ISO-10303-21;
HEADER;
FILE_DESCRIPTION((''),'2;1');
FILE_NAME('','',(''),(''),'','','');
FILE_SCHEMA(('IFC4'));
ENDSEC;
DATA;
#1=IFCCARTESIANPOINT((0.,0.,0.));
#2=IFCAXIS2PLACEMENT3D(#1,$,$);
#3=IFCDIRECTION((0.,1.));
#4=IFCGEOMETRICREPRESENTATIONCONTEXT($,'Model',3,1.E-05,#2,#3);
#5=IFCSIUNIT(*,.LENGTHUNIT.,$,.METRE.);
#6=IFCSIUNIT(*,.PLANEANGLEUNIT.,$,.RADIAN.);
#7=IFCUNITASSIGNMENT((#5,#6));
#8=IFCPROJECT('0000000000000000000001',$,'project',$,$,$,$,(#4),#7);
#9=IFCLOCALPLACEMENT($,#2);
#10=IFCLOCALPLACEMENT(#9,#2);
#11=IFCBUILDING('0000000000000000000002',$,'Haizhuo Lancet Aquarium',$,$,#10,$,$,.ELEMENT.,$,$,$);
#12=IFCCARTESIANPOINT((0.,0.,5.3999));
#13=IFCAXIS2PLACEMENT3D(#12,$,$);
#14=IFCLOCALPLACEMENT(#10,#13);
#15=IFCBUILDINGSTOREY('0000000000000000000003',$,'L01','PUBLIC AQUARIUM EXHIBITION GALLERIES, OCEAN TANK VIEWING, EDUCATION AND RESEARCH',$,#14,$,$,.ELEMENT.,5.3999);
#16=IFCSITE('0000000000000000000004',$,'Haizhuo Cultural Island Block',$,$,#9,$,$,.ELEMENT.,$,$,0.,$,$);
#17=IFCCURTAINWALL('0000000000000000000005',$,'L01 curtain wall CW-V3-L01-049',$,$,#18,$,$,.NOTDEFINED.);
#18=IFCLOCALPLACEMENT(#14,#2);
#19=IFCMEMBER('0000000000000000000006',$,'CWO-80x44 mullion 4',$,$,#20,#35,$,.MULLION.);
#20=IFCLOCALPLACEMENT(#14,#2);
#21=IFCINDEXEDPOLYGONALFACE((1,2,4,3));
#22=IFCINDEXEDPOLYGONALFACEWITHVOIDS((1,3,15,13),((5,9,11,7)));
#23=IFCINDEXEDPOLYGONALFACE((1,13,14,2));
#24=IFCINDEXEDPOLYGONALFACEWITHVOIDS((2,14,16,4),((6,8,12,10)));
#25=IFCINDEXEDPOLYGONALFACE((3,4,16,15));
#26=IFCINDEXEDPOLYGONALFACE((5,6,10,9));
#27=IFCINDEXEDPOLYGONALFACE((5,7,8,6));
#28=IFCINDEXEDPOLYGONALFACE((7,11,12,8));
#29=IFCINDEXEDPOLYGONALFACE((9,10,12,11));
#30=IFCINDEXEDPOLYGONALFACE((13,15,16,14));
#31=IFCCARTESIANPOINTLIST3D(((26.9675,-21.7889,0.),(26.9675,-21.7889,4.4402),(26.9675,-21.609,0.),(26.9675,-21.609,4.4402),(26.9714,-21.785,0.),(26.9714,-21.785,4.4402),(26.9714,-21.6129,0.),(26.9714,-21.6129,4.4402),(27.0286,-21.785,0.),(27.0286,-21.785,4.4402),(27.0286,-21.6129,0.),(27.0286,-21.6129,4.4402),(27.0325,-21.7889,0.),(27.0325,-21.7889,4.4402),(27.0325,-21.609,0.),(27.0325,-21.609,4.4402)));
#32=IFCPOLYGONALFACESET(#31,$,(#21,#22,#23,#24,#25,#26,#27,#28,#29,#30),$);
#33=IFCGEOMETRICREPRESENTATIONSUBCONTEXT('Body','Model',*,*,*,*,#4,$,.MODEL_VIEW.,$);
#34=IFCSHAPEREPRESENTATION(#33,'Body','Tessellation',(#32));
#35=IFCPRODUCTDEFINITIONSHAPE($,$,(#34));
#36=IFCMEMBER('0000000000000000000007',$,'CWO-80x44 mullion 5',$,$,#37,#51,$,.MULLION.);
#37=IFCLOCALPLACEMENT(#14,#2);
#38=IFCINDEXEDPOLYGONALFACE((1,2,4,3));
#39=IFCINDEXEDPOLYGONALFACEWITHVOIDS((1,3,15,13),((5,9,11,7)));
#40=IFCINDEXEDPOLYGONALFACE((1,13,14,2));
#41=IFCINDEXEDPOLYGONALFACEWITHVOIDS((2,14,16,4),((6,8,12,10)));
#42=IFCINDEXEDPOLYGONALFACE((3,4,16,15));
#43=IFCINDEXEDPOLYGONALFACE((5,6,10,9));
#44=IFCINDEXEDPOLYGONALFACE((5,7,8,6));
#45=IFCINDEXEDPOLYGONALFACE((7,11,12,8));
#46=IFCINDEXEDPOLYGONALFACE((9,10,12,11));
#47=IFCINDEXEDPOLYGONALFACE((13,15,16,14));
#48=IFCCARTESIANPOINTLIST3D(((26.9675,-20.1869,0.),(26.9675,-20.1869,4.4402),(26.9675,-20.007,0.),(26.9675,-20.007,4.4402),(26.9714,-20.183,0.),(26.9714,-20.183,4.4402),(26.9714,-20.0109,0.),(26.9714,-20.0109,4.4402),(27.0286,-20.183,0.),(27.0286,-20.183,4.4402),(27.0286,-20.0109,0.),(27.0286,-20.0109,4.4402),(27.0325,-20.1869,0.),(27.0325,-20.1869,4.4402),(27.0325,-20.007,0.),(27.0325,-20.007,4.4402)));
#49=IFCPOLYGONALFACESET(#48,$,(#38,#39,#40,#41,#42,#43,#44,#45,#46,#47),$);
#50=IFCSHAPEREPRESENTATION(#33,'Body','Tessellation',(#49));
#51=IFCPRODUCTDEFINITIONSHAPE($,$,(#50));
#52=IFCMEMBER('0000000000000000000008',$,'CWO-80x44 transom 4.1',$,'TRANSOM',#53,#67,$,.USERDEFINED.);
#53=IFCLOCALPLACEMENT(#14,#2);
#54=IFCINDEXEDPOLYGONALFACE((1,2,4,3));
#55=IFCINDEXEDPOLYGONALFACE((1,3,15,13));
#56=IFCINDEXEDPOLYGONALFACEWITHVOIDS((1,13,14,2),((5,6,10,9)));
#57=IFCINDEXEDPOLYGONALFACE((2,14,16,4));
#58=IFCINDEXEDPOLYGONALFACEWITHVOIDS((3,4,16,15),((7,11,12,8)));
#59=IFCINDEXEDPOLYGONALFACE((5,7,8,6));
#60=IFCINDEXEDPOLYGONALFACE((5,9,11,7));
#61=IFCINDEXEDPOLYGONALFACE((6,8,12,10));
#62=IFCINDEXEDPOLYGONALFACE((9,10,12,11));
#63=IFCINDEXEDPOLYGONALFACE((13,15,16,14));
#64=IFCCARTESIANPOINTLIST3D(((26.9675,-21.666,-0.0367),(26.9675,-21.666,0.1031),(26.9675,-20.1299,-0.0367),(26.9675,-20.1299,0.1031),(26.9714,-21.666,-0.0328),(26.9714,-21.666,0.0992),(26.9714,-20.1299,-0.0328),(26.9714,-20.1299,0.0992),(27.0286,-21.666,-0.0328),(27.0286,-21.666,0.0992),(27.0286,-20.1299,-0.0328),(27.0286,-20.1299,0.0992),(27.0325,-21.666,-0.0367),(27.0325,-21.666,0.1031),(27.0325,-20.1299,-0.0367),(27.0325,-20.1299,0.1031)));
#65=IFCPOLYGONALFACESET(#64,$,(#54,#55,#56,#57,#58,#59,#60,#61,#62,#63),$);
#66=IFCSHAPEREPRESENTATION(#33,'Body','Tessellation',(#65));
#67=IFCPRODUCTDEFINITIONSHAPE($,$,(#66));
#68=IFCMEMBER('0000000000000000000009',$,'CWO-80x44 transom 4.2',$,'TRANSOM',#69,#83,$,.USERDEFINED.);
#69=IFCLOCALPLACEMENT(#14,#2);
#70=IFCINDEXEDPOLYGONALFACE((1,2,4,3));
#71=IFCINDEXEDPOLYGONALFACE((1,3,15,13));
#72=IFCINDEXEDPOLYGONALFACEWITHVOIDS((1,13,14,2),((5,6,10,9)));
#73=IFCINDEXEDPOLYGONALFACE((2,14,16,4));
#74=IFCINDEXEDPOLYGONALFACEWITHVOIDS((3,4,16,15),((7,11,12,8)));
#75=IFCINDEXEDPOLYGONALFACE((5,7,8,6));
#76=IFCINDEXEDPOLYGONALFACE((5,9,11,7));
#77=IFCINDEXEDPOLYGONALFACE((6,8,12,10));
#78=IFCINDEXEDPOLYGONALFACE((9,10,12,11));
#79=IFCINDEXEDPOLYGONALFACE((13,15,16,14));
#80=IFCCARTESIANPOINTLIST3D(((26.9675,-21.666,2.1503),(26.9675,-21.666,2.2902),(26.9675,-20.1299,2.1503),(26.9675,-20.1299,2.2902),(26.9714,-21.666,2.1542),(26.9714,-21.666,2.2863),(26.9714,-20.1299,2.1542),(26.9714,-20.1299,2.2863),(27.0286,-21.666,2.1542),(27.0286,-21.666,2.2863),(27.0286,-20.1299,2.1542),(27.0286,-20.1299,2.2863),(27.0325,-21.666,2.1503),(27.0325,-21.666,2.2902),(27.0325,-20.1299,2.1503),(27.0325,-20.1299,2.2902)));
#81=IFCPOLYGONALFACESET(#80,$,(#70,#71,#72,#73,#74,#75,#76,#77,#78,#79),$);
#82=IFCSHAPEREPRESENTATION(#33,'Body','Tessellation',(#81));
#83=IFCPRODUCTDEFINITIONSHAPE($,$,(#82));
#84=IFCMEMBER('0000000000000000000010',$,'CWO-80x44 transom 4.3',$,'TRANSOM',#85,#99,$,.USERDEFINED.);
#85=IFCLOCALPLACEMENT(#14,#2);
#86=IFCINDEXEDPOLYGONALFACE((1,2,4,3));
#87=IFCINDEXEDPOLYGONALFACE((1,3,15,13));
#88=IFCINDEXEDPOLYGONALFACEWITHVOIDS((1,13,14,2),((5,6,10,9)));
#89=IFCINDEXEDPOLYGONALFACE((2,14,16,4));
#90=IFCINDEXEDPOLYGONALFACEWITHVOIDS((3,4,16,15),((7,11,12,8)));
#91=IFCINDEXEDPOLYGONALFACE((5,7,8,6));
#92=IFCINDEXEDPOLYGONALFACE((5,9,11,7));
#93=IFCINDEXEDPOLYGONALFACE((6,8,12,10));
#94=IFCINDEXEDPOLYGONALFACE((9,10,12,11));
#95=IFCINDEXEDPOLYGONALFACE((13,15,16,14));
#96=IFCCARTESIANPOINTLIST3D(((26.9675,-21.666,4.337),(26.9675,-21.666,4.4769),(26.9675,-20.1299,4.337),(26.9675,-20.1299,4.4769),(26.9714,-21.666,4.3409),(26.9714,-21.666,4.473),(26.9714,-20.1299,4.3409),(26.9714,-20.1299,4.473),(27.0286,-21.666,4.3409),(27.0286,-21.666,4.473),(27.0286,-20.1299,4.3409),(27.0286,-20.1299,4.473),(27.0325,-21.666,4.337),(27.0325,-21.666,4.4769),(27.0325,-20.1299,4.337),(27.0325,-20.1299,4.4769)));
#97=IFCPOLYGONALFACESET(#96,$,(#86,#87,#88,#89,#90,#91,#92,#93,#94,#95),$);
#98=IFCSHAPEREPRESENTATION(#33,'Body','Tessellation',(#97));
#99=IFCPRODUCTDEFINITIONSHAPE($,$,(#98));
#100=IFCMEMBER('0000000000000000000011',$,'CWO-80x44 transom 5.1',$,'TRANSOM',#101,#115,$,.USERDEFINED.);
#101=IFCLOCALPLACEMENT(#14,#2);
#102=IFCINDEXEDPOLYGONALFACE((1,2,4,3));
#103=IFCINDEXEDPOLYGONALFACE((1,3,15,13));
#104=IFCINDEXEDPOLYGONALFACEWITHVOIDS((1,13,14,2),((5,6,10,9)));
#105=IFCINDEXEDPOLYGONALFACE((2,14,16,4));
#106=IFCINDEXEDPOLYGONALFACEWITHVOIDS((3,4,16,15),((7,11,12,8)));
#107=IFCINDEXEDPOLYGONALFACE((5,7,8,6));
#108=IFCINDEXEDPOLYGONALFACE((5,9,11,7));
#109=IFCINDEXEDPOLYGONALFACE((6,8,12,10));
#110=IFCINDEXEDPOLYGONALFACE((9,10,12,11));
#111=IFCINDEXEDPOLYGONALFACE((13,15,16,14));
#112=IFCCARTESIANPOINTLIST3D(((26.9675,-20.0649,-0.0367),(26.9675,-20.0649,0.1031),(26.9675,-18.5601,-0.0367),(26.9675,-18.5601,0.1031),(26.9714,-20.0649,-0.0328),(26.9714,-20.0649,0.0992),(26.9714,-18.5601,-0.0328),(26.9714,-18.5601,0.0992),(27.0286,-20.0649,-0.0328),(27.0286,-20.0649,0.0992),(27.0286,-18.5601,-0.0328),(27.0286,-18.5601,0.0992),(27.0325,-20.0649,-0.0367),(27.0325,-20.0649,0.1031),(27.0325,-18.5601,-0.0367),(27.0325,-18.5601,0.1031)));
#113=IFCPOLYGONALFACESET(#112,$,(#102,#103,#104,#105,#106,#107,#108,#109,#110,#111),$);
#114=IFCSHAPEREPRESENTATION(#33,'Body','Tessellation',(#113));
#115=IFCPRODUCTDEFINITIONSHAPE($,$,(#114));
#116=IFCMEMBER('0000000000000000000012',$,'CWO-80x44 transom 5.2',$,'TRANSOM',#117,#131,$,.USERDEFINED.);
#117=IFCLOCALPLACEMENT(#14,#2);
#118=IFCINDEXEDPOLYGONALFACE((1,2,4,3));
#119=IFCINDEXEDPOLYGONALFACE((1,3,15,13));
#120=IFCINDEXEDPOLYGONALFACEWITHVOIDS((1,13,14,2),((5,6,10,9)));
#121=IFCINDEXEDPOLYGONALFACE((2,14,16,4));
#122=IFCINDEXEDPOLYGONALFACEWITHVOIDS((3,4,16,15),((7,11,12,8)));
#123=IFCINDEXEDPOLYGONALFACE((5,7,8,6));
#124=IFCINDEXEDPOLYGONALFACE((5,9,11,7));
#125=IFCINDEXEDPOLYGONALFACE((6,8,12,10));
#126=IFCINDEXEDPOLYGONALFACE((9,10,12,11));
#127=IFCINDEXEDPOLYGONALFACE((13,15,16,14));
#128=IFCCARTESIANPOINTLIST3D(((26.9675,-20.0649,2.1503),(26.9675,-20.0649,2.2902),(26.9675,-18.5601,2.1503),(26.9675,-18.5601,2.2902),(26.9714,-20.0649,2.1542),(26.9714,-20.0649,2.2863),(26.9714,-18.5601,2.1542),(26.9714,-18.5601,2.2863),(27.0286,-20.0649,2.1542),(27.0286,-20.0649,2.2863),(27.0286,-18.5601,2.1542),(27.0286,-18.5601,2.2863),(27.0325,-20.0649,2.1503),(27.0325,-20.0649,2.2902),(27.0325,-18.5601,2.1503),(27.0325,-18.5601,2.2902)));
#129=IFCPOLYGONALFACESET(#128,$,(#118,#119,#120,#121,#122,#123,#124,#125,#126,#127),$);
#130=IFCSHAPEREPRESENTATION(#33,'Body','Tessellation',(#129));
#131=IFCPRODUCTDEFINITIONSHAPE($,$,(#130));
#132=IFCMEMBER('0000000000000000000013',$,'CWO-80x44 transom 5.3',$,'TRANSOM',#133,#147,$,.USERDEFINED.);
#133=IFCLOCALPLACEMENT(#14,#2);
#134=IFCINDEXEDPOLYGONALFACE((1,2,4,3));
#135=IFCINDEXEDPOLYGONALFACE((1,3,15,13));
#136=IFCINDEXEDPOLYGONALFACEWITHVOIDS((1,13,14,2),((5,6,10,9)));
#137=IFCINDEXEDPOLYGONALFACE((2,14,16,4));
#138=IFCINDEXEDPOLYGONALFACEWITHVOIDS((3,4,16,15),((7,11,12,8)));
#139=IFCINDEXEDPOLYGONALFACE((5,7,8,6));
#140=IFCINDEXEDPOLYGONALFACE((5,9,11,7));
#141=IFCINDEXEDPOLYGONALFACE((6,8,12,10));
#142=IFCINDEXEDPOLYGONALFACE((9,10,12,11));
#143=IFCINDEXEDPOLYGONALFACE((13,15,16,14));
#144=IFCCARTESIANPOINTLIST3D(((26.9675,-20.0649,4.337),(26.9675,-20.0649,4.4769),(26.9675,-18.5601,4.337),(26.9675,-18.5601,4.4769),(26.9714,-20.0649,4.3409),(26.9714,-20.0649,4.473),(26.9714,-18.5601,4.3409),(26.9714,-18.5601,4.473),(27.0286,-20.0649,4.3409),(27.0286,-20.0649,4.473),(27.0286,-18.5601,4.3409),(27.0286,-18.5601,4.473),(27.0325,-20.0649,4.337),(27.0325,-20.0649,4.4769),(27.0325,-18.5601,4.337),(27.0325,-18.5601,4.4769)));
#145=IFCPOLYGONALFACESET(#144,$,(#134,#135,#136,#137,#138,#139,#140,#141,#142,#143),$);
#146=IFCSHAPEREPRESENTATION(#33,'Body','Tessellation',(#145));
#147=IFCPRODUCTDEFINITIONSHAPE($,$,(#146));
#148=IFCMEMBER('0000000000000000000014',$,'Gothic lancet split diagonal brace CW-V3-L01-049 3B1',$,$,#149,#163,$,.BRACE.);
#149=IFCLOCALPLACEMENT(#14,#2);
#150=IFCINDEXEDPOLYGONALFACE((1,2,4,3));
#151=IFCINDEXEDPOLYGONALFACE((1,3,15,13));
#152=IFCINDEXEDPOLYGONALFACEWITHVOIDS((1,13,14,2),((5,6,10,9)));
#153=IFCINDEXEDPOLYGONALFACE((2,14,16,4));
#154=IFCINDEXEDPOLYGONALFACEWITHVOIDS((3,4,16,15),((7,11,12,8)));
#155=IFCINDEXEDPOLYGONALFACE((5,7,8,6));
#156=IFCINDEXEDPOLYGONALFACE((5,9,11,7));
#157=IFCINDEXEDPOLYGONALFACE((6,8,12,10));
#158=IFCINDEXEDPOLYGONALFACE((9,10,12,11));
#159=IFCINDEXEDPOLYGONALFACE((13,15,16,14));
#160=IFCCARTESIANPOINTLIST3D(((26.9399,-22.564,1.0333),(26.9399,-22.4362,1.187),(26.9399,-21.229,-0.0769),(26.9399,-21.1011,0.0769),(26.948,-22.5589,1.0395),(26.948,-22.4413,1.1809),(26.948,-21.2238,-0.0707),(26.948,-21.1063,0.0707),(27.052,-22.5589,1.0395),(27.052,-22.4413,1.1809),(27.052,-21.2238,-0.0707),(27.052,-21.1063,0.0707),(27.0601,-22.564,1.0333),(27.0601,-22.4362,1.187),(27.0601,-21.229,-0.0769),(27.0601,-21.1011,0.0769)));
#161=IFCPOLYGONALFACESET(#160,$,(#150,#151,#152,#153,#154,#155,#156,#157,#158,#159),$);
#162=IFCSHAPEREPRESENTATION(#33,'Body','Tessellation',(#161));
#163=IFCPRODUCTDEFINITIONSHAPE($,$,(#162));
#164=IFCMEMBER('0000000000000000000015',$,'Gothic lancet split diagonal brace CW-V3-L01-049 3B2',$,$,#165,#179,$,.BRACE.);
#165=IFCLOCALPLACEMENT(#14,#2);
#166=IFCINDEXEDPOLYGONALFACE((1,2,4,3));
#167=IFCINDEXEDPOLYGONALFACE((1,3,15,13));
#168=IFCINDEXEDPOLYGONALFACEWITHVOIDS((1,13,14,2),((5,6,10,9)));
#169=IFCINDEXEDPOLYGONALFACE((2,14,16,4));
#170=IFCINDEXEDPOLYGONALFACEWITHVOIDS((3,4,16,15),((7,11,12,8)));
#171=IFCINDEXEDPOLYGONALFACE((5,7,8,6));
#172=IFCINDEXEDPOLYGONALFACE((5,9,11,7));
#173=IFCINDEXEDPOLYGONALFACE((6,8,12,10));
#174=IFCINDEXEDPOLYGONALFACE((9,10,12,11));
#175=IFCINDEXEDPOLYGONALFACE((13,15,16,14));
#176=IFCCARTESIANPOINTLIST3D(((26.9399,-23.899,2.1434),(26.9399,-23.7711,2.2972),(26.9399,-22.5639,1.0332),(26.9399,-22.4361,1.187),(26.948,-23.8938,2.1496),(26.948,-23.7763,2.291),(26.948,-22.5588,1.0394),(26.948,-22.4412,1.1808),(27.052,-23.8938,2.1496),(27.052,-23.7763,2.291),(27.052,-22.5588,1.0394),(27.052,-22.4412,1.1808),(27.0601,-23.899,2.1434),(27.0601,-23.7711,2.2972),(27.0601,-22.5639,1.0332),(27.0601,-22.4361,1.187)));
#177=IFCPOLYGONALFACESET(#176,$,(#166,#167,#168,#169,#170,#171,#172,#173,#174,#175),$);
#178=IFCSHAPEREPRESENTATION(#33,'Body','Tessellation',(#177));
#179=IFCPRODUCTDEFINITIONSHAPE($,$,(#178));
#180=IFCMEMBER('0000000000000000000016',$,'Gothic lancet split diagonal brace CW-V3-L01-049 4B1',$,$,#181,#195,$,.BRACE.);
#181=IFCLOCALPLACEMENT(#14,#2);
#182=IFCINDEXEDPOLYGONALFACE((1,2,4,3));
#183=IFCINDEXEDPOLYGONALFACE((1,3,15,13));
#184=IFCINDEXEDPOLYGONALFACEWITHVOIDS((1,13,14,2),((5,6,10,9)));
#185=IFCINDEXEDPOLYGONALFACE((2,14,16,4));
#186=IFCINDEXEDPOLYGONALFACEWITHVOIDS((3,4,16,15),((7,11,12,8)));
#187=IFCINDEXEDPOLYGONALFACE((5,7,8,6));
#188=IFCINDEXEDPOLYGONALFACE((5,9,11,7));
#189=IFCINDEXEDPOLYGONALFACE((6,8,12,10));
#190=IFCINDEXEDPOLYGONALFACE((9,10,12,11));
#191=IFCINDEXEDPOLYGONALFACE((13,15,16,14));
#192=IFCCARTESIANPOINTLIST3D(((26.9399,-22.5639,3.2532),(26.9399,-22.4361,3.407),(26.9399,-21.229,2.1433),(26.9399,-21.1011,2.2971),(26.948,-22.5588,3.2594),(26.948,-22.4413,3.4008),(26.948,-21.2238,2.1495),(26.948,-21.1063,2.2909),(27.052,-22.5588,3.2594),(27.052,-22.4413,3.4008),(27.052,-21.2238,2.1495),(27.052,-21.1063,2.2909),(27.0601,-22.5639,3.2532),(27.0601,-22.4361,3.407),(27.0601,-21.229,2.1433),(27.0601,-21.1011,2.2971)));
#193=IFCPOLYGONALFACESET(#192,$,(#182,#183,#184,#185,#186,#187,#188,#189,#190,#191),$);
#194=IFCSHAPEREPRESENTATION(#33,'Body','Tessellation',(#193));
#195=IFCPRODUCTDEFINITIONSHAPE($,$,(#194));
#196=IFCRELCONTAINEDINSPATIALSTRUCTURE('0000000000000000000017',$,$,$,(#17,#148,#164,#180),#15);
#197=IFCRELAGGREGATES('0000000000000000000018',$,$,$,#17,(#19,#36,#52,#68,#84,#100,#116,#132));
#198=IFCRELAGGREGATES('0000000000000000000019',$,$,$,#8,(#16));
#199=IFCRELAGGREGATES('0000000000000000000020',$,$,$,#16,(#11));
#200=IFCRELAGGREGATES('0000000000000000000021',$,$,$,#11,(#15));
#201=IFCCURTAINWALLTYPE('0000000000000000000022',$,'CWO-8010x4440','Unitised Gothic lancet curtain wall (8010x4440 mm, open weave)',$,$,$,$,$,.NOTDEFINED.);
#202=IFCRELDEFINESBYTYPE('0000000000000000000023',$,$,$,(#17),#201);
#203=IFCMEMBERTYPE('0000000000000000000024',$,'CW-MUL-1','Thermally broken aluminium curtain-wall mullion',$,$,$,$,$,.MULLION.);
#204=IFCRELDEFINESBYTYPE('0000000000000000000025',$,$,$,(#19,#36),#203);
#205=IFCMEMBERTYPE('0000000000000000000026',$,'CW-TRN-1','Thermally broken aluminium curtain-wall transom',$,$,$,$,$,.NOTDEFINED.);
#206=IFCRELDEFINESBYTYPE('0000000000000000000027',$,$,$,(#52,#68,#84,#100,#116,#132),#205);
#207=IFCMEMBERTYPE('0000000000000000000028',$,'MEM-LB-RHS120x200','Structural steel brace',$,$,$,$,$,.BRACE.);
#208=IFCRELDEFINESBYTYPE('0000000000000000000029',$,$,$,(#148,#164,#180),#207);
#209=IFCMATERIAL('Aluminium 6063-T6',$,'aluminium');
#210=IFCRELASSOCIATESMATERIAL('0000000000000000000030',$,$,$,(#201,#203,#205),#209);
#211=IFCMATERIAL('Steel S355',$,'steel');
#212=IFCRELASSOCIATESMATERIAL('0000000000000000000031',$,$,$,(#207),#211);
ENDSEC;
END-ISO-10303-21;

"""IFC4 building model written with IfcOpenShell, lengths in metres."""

from ifc_helpers import new_model, si_unit, direction, frame, origin, origin_2d, place, context, subcontext, project, spatial, hollow_rectangle, extrude, material, material_profile, profile_set, type_object, element, aggregate, save


model = new_model("IFC4")

# Units and contexts
model_context = context("Model", 3, precision=1e-05, world=origin(), true_north=direction((0.0, 1.0)))
body_context = subcontext(model_context, "Body", "Model", "MODEL_VIEW")
ifc_project = project(units=[si_unit("LENGTHUNIT", "METRE"), si_unit("PLANEANGLEUNIT", "RADIAN")], contexts=[model_context])

# Site, building, storey
site_placement = place(None, origin())
site = spatial("IfcSite", under=ifc_project, at=site_placement, Name="Haizhuo Cultural Island Block", CompositionType="ELEMENT", RefElevation=0.0)
building_placement = place(site_placement, origin())
building = spatial("IfcBuilding", under=site, at=building_placement, Name="Haizhuo Lancet Aquarium", CompositionType="ELEMENT")
storey_placement = place(building_placement, frame((0.0, 0.0, 5.3999)))
storey = spatial("IfcBuildingStorey", under=building, at=storey_placement, Name="L01", Description="PUBLIC AQUARIUM EXHIBITION GALLERIES, OCEAN TANK VIEWING, EDUCATION AND RESEARCH", CompositionType="ELEMENT", Elevation=5.3999)

# Curtain wall, members
ifc_material_1 = material(Name="Aluminium 6063-T6", Category="aluminium")
curtain_wall_type = type_object("IfcCurtainWallType", Name="CWO-8010x4440", Description="Unitised Gothic lancet curtain wall (8010x4440 mm, open weave)", PredefinedType="NOTDEFINED", material=ifc_material_1)
curtain_wall_placement = place(storey_placement, origin())
curtain_wall = element("IfcCurtainWall", 1, at=curtain_wall_placement, inside=storey, type_object=curtain_wall_type, Name="L01 curtain wall CW-V3-L01-049", PredefinedType="NOTDEFINED")
ifc_material_profile_1 = material_profile(ifc_material_1, hollow_rectangle(XDim=0.0649, YDim=0.1799, WallThickness=0.0039, at=origin_2d()), Name="ALU-M 65x180x4")
ifc_profile_set_1 = profile_set([ifc_material_profile_1], Name="Aluminium 6063-T6")
member_type_1 = type_object("IfcMemberType", Name="CW-MUL-1", Description="Thermally broken aluminium curtain-wall mullion", PredefinedType="MULLION", material=ifc_profile_set_1)
member_1_placement = place(storey_placement, frame((27.0, -21.699, 0.0), z_axis=(0.0, 0.0, 1.0), x_axis=(-1.0, 0.0, 0.0)))
member_1 = element("IfcMember", 2, at=member_1_placement, type_object=member_type_1, Name="CWO-80x44 mullion 4", PredefinedType="MULLION", context=body_context, shape_type="SweptSolid", body=[
    extrude(hollow_rectangle(XDim=0.0649, YDim=0.1799, WallThickness=0.0039, at=origin_2d()), origin(), (0.0, 0.0, 1.0), 4.4402),
])
member_2_placement = place(storey_placement, frame((27.0, -20.0969, 0.0), z_axis=(0.0, 0.0, 1.0), x_axis=(-1.0, 0.0, 0.0)))
member_2 = element("IfcMember", 3, at=member_2_placement, type_object=member_type_1, Name="CWO-80x44 mullion 5", PredefinedType="MULLION", context=body_context, shape_type="SweptSolid", body=[
    extrude(hollow_rectangle(XDim=0.0649, YDim=0.1799, WallThickness=0.0039, at=origin_2d()), origin(), (0.0, 0.0, 1.0), 4.4402),
])
ifc_material_profile_2 = material_profile(ifc_material_1, hollow_rectangle(XDim=0.0649, YDim=0.1399, WallThickness=0.0039, at=origin_2d()), Name="ALU-T 65x140x4")
ifc_profile_set_2 = profile_set([ifc_material_profile_2], Name="Aluminium 6063-T6")
member_type_2 = type_object("IfcMemberType", Name="CW-TRN-1", Description="Thermally broken aluminium curtain-wall transom", PredefinedType="NOTDEFINED", material=ifc_profile_set_2)
member_3_placement = place(storey_placement, frame((27.0, -21.666, 0.0332), z_axis=(0.0, 1.0, 0.0), x_axis=(-1.0, 0.0, 0.0)))
member_3 = element("IfcMember", 4, at=member_3_placement, type_object=member_type_2, Name="CWO-80x44 transom 4.1", ObjectType="TRANSOM", PredefinedType="USERDEFINED", context=body_context, shape_type="SweptSolid", body=[
    extrude(hollow_rectangle(XDim=0.0649, YDim=0.1399, WallThickness=0.0039, at=origin_2d()), origin(), (0.0, 0.0, 1.0), 1.5361),
])
member_4_placement = place(storey_placement, frame((27.0, -21.666, 2.2202), z_axis=(0.0, 1.0, 0.0), x_axis=(-1.0, 0.0, 0.0)))
member_4 = element("IfcMember", 5, at=member_4_placement, type_object=member_type_2, Name="CWO-80x44 transom 4.2", ObjectType="TRANSOM", PredefinedType="USERDEFINED", context=body_context, shape_type="SweptSolid", body=[
    extrude(hollow_rectangle(XDim=0.0649, YDim=0.1399, WallThickness=0.0039, at=origin_2d()), origin(), (0.0, 0.0, 1.0), 1.5361),
])
member_5_placement = place(storey_placement, frame((27.0, -21.666, 4.407), z_axis=(0.0, 1.0, 0.0), x_axis=(-1.0, 0.0, 0.0)))
member_5 = element("IfcMember", 6, at=member_5_placement, type_object=member_type_2, Name="CWO-80x44 transom 4.3", ObjectType="TRANSOM", PredefinedType="USERDEFINED", context=body_context, shape_type="SweptSolid", body=[
    extrude(hollow_rectangle(XDim=0.0649, YDim=0.1399, WallThickness=0.0039, at=origin_2d()), origin(), (0.0, 0.0, 1.0), 1.5361),
])
member_6_placement = place(storey_placement, frame((27.0, -20.0649, 0.0332), z_axis=(0.0, 1.0, 0.0), x_axis=(-1.0, 0.0, 0.0)))
member_6 = element("IfcMember", 7, at=member_6_placement, type_object=member_type_2, Name="CWO-80x44 transom 5.1", ObjectType="TRANSOM", PredefinedType="USERDEFINED", context=body_context, shape_type="SweptSolid", body=[
    extrude(hollow_rectangle(XDim=0.0649, YDim=0.1399, WallThickness=0.0039, at=origin_2d()), origin(), (0.0, 0.0, 1.0), 1.5049),
])
member_7_placement = place(storey_placement, frame((27.0, -20.0649, 2.2202), z_axis=(0.0, 1.0, 0.0), x_axis=(-1.0, 0.0, 0.0)))
member_7 = element("IfcMember", 8, at=member_7_placement, type_object=member_type_2, Name="CWO-80x44 transom 5.2", ObjectType="TRANSOM", PredefinedType="USERDEFINED", context=body_context, shape_type="SweptSolid", body=[
    extrude(hollow_rectangle(XDim=0.0649, YDim=0.1399, WallThickness=0.0039, at=origin_2d()), origin(), (0.0, 0.0, 1.0), 1.5049),
])
member_8_placement = place(storey_placement, frame((27.0, -20.0649, 4.407), z_axis=(0.0, 1.0, 0.0), x_axis=(-1.0, 0.0, 0.0)))
member_8 = element("IfcMember", 9, at=member_8_placement, type_object=member_type_2, Name="CWO-80x44 transom 5.3", ObjectType="TRANSOM", PredefinedType="USERDEFINED", context=body_context, shape_type="SweptSolid", body=[
    extrude(hollow_rectangle(XDim=0.0649, YDim=0.1399, WallThickness=0.0039, at=origin_2d()), origin(), (0.0, 0.0, 1.0), 1.5049),
])

# Members
ifc_material_2 = material(Name="Steel S355", Category="steel")
ifc_material_profile_3 = material_profile(ifc_material_2, hollow_rectangle(XDim=0.1201, YDim=0.2, WallThickness=0.0081, at=origin_2d()), Name="RHS 120x200x8")
ifc_profile_set_3 = profile_set([ifc_material_profile_3], Name="Steel S355")
member_type_3 = type_object("IfcMemberType", Name="MEM-LB-RHS120x200", Description="Structural steel brace", PredefinedType="BRACE", material=ifc_profile_set_3)
for number, where, z_axis, x_axis, name in (
    (10, (27.0, -21.165, 0.0), (0.0, -0.768889, 0.639382), (1.0, 0.0, 0.0), "Gothic lancet split diagonal brace CW-V3-L01-049 3B1"),
    (11, (27.0, -22.5, 1.1101), (0.0, -0.768889, 0.639382), (1.0, 0.0, 0.0), "Gothic lancet split diagonal brace CW-V3-L01-049 3B2"),
):
    element("IfcMember", number, at=place(storey_placement, frame(where, z_axis=z_axis, x_axis=x_axis)), inside=storey, type_object=member_type_3, Name=name, PredefinedType="BRACE", context=body_context, shape_type="SweptSolid", body=[
        extrude(hollow_rectangle(XDim=0.1201, YDim=0.2, WallThickness=0.0081, at=origin_2d()), origin(), (0.0, 0.0, 1.0), 1.7363),
    ])
member_9_placement = place(storey_placement, frame((27.0, -21.165, 2.2202), z_axis=(0.0, -0.768958, 0.639299), x_axis=(1.0, 0.0, 0.0)))
element("IfcMember", 12, at=member_9_placement, inside=storey, type_object=member_type_3, Name="Gothic lancet split diagonal brace CW-V3-L01-049 4B1", PredefinedType="BRACE", context=body_context, shape_type="SweptSolid", body=[
    extrude(hollow_rectangle(XDim=0.1201, YDim=0.2, WallThickness=0.0081, at=origin_2d()), origin(), (0.0, 0.0, 1.0), 1.7361),
])

aggregate(curtain_wall, [member_1, member_2, member_3, member_4, member_5, member_6, member_7, member_8])

save(model, "model.ifc")
